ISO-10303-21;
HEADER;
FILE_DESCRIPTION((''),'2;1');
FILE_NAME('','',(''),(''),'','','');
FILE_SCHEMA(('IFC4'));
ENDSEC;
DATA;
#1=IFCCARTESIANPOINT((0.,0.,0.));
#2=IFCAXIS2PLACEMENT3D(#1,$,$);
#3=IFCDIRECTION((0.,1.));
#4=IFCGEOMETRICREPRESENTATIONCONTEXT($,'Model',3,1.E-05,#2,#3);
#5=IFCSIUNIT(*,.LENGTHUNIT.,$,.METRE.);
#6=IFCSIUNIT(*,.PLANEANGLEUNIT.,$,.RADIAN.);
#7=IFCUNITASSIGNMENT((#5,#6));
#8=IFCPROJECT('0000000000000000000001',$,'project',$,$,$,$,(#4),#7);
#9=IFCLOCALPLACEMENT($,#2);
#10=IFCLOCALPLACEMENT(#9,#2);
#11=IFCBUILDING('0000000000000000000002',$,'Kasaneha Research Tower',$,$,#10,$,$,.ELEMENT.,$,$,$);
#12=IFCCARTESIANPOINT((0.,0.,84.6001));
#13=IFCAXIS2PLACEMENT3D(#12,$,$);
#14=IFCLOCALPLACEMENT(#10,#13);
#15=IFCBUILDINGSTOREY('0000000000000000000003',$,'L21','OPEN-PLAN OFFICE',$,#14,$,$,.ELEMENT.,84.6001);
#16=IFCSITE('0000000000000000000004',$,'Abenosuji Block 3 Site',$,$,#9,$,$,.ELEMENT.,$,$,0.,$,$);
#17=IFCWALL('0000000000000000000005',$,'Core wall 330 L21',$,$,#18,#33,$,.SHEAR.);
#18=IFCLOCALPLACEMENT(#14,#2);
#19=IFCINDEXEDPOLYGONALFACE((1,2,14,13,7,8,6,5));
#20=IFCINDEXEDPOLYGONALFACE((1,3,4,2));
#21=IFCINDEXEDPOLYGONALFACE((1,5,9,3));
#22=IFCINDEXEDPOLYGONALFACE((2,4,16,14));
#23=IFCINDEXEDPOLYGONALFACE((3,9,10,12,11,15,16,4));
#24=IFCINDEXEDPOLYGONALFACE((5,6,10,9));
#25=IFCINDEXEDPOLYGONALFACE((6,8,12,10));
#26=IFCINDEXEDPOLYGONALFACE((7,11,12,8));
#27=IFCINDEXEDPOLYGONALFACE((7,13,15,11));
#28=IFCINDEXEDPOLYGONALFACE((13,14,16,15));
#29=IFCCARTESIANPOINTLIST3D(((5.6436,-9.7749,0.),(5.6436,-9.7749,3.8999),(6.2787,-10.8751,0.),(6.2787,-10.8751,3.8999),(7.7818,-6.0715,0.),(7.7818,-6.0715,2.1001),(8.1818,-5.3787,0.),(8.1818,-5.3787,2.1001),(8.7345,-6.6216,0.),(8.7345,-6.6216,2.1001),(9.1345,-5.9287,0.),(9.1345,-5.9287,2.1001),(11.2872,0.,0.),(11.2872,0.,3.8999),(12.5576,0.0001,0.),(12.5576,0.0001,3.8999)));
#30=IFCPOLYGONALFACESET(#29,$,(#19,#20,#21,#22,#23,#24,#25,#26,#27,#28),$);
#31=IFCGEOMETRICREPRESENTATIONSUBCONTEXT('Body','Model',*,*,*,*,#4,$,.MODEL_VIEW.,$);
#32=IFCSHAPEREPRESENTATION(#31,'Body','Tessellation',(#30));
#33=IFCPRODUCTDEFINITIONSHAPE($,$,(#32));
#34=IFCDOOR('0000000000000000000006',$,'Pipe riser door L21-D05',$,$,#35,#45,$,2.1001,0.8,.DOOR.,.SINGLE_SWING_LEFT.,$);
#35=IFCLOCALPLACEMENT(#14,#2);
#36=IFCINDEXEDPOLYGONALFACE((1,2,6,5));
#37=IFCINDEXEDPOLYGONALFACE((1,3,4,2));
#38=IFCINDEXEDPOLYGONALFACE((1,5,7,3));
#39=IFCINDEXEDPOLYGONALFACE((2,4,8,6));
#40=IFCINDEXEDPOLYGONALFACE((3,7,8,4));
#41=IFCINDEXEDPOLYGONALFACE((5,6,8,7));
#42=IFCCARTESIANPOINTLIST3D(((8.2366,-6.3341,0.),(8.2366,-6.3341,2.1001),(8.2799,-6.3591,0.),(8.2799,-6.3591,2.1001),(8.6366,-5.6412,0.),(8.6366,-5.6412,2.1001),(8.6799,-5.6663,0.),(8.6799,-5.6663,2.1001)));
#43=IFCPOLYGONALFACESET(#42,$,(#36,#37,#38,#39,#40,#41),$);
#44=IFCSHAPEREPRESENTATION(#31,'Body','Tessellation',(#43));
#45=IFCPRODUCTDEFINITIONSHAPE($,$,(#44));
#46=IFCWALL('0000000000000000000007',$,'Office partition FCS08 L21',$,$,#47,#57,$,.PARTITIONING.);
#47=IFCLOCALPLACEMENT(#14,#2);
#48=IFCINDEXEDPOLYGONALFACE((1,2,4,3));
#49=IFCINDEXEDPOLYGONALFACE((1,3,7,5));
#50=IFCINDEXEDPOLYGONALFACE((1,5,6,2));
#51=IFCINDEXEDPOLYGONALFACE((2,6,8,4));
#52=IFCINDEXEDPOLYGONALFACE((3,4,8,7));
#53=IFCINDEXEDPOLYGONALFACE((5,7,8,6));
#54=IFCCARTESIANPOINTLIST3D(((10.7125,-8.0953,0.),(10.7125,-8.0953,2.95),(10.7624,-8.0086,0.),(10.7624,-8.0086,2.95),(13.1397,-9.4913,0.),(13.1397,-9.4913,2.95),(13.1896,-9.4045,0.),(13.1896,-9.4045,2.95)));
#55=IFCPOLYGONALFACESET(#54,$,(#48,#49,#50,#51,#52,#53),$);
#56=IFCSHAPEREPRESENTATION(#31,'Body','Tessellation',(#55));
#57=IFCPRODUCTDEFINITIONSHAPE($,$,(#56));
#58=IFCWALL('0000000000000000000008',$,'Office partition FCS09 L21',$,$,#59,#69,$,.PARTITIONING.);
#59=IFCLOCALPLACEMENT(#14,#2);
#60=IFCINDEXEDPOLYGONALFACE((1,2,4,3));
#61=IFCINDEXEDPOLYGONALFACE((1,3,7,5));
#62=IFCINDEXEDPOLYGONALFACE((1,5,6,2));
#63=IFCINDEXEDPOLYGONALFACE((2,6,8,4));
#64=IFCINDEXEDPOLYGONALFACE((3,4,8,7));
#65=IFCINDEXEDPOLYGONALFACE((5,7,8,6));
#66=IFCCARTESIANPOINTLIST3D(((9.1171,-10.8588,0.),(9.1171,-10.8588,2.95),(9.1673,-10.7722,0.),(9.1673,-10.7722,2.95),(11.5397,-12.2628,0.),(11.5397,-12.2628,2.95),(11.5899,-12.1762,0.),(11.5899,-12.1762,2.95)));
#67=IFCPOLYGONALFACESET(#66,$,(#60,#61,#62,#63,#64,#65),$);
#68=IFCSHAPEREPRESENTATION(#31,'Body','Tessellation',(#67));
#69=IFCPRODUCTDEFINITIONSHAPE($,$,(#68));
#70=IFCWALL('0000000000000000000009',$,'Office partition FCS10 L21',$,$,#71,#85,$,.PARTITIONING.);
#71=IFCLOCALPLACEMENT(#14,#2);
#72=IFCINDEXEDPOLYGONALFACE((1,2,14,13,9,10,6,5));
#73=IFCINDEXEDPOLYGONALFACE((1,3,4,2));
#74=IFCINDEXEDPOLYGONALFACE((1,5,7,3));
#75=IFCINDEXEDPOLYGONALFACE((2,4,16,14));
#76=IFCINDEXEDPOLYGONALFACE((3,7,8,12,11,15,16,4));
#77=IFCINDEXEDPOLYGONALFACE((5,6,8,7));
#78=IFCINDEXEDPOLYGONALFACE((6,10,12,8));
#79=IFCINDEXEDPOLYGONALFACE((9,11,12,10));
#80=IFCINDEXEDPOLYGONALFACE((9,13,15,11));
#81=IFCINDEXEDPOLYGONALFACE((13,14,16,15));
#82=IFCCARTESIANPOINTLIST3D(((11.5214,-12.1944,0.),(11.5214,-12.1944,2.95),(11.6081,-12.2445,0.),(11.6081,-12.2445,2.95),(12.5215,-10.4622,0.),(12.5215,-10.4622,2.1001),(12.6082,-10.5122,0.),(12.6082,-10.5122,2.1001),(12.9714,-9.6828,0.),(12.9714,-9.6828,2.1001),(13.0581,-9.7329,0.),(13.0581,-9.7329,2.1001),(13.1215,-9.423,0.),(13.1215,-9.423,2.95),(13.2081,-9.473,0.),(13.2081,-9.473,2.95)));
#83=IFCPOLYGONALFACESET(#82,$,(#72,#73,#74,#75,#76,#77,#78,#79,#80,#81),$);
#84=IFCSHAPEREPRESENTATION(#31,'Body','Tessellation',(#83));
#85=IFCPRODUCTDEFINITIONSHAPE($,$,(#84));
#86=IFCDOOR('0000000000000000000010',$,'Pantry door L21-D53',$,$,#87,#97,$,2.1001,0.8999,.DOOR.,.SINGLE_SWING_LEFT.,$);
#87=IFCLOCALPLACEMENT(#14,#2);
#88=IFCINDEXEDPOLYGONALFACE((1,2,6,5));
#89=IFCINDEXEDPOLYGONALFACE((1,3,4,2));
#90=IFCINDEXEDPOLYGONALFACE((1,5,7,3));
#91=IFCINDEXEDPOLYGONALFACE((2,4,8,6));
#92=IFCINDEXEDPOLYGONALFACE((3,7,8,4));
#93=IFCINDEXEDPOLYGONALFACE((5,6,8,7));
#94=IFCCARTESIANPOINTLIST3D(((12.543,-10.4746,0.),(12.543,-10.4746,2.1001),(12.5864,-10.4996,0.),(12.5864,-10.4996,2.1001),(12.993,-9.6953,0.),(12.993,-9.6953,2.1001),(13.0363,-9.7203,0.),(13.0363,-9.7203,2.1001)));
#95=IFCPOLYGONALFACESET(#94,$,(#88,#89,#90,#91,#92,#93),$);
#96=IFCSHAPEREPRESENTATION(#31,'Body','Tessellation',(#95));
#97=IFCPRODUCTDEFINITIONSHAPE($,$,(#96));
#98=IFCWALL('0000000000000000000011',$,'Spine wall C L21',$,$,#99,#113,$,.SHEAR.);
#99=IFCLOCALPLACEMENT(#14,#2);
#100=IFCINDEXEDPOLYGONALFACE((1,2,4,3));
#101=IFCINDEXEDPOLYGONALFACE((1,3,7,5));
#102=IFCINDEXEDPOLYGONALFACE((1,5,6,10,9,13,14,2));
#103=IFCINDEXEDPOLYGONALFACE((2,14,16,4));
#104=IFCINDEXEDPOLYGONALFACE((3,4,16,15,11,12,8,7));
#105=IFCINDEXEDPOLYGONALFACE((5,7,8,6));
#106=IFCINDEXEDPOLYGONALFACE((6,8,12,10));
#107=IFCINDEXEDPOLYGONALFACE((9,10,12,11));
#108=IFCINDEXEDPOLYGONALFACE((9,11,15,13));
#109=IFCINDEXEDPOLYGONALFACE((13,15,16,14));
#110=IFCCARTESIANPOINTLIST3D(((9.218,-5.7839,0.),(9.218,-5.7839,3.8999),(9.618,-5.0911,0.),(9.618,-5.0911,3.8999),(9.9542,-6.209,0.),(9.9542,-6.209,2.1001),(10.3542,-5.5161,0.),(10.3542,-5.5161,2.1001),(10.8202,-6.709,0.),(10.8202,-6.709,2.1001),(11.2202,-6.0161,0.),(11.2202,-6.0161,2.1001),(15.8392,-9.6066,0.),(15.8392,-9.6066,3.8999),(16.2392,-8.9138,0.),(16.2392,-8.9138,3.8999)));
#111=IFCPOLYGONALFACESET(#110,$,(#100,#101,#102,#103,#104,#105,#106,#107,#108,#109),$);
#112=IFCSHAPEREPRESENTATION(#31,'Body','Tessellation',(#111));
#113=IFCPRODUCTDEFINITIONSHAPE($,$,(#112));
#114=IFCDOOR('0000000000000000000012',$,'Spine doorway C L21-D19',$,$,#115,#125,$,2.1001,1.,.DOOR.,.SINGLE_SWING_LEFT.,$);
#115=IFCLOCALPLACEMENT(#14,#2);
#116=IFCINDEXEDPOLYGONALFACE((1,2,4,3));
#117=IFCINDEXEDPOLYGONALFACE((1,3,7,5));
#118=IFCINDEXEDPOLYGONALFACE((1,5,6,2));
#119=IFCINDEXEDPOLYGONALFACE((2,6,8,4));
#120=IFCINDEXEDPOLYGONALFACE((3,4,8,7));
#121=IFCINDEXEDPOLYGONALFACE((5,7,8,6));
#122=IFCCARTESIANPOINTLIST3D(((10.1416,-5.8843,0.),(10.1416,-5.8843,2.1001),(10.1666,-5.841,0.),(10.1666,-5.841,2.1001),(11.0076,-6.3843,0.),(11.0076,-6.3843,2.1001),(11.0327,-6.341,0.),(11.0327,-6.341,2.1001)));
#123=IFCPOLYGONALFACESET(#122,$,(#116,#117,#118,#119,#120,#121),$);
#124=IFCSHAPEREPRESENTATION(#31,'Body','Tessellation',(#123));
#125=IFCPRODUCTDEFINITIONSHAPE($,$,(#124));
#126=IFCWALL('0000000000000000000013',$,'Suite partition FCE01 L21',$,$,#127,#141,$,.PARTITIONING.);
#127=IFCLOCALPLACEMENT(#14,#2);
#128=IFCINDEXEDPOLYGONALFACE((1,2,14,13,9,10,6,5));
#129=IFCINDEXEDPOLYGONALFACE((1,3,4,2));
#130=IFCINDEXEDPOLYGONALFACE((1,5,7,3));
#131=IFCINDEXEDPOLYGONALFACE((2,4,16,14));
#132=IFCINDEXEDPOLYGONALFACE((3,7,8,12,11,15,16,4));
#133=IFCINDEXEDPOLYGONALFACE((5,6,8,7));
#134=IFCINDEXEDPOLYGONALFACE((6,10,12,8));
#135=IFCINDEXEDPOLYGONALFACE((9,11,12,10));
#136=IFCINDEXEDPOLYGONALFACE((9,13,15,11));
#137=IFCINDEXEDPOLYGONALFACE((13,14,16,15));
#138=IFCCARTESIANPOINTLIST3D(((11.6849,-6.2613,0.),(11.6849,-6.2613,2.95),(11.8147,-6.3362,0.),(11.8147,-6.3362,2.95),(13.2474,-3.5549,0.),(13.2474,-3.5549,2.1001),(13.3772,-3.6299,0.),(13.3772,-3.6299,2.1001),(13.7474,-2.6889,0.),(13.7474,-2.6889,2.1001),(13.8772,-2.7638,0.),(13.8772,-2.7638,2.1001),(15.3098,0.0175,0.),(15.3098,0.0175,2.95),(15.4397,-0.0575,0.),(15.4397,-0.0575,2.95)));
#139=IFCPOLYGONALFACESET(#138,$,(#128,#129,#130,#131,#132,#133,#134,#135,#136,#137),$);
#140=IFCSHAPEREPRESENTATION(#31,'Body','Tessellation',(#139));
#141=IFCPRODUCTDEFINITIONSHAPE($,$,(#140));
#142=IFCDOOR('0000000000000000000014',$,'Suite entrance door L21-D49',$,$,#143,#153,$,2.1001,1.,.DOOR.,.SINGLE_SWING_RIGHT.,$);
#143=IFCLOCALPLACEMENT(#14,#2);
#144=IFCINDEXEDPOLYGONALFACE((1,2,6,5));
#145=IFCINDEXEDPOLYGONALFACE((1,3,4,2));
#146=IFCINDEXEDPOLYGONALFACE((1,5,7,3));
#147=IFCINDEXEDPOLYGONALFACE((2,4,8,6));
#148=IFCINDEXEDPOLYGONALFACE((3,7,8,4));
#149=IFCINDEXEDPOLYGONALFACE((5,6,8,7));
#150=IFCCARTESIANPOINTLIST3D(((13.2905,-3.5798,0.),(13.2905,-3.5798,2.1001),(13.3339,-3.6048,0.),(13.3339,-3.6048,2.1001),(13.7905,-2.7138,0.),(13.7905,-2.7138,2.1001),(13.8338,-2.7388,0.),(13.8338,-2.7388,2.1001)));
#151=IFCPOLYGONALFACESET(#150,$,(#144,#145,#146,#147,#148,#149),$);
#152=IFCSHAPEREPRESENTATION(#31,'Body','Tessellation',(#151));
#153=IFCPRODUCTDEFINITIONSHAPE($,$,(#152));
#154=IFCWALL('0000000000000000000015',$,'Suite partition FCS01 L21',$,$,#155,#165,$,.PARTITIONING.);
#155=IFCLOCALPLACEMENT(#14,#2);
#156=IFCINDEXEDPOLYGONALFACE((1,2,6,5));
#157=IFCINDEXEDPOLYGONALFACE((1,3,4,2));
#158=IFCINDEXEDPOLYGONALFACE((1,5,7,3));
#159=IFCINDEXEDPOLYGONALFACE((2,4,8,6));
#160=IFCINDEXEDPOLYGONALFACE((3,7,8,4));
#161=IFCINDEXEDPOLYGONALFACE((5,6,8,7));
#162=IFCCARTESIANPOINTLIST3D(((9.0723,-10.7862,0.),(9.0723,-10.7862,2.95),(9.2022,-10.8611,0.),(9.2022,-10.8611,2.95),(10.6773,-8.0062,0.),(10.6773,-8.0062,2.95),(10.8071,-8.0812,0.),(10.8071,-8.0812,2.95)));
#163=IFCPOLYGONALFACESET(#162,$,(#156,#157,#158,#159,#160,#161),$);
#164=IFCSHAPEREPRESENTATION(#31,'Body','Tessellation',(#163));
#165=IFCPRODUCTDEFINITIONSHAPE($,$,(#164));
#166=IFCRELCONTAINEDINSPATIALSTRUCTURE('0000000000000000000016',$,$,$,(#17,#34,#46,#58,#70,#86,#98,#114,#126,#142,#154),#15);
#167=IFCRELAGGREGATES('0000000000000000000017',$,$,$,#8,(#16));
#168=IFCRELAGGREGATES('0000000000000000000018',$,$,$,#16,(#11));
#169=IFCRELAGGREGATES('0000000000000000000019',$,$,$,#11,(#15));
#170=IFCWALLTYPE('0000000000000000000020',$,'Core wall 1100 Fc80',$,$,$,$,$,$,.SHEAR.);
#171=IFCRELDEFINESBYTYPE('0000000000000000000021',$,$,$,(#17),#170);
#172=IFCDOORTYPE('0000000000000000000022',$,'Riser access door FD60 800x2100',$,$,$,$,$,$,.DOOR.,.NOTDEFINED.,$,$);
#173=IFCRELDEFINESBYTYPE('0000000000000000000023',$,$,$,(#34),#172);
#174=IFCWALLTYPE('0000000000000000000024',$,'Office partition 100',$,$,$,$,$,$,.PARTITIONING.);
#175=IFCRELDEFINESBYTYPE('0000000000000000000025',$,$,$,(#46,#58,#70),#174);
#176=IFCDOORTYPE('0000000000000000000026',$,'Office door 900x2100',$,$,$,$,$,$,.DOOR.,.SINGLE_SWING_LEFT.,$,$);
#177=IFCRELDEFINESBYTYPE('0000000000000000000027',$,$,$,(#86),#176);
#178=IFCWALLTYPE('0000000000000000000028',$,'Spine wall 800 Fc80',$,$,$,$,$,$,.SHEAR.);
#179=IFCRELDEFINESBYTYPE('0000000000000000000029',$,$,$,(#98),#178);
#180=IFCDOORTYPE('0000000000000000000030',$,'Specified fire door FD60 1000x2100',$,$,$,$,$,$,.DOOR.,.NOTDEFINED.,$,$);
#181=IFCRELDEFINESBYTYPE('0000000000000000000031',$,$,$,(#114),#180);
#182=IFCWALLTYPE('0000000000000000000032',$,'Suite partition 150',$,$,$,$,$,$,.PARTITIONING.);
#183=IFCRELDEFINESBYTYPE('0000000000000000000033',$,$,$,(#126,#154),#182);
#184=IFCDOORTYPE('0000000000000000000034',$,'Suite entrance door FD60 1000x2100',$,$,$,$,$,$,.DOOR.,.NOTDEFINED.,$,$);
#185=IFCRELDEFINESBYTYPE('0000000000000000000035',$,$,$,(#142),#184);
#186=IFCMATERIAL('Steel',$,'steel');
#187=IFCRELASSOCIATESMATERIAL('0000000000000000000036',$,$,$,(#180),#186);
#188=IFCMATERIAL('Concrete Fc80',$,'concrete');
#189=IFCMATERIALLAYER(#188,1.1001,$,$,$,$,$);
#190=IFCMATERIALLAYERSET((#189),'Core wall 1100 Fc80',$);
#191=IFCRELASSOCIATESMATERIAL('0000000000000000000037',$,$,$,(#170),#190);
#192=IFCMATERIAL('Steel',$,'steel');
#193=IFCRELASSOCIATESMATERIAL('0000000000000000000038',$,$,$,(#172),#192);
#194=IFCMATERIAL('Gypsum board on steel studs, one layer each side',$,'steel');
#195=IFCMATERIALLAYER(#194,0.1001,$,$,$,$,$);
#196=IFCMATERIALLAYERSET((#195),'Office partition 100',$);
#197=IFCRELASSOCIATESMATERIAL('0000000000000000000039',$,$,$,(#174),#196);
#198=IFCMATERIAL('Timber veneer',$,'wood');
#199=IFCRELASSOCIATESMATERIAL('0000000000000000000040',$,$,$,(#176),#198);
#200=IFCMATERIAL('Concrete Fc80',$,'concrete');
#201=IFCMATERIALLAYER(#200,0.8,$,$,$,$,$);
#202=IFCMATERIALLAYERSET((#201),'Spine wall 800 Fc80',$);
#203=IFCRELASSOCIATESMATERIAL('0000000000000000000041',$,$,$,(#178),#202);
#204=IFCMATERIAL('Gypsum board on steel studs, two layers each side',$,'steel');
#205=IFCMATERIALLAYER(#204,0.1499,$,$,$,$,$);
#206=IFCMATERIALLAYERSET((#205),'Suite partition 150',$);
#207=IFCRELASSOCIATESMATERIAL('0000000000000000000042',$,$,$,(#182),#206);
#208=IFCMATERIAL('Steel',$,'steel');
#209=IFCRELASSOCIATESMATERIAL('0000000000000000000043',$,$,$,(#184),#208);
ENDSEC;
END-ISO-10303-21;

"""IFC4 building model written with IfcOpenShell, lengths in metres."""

from ifc_helpers import new_model, si_unit, direction, frame, frame_2d, origin, place, context, subcontext, project, spatial, polyline, rectangle, outline, extrude, material, layer, layer_set, type_object, element, fill, save


model = new_model("IFC4")

# Units and contexts
model_context = context("Model", 3, precision=1e-05, world=origin(), true_north=direction((0.0, 1.0)))
body_context = subcontext(model_context, "Body", "Model", "MODEL_VIEW")
ifc_project = project(units=[si_unit("LENGTHUNIT", "METRE"), si_unit("PLANEANGLEUNIT", "RADIAN")], contexts=[model_context])

# Site, building, storey
site_placement = place(None, origin())
site = spatial("IfcSite", under=ifc_project, at=site_placement, Name="Abenosuji Block 3 Site", CompositionType="ELEMENT", RefElevation=0.0)
building_placement = place(site_placement, origin())
building = spatial("IfcBuilding", under=site, at=building_placement, Name="Kasaneha Research Tower", CompositionType="ELEMENT")
storey_placement = place(building_placement, frame((0.0, 0.0, 84.6001)))
storey = spatial("IfcBuildingStorey", under=building, at=storey_placement, Name="L21", Description="OPEN-PLAN OFFICE", CompositionType="ELEMENT", Elevation=84.6001)

# Shared definitions
ifc_material_1 = material(Name="Steel", Category="steel")
door_type_1 = type_object("IfcDoorType", Name="Specified fire door FD60 1000x2100", OperationType="NOTDEFINED", PredefinedType="DOOR", material=ifc_material_1)

# Wall, opening, door
ifc_material_2 = material(Name="Concrete Fc80", Category="concrete")
ifc_layer_1 = layer(ifc_material_2, 1.1001)
ifc_layer_set_1 = layer_set([ifc_layer_1], Name="Core wall 1100 Fc80")
wall_type_1 = type_object("IfcWallType", Name="Core wall 1100 Fc80", PredefinedType="SHEAR", material=ifc_layer_set_1)
wall_1_placement = place(storey_placement, frame((5.9612, -10.325, 0.0), z_axis=(0.0, 0.0, 1.0), x_axis=(0.500004, 0.866023, 0.0)))
wall_1 = element("IfcWall", 1, at=wall_1_placement, inside=storey, type_object=wall_type_1, Name="Core wall 330 L21", PredefinedType="SHEAR", context=body_context, shape_type="SweptSolid", body=[
    extrude(outline(polyline([(-0.3176, -0.55), (4.594, -0.55), (5.394, -0.55), (12.24, -0.55), (11.6047, 0.55), (5.394, 0.55), (4.594, 0.55), (0.3176, 0.55), (-0.3176, -0.55)])), origin(), (0.0, 0.0, 1.0), 3.8999),
])
opening_1_placement = place(wall_1_placement, frame((4.594, 0.0, 0.0)))
opening_1 = element("IfcOpeningElement", 2, at=opening_1_placement, cuts=wall_1, PredefinedType="OPENING", context=body_context, shape_type="SweptSolid", body=[
    extrude(rectangle(XDim=0.8, YDim=2.1001, at=frame_2d((0.3999, 1.05))), frame((0.0, 0.5601, 0.0), z_axis=(0.0, -1.0, 0.0), x_axis=(1.0, 0.0, 0.0)), (0.0, 0.0, 1.0), 1.1201),
])
ifc_material_3 = material(Name="Steel", Category="steel")
door_type_2 = type_object("IfcDoorType", Name="Riser access door FD60 800x2100", OperationType="NOTDEFINED", PredefinedType="DOOR", material=ifc_material_3)
door_1_placement = place(opening_1_placement, origin())
door_1 = element("IfcDoor", 3, at=door_1_placement, inside=storey, type_object=door_type_2, Name="Pipe riser door L21-D05", OperationType="SINGLE_SWING_LEFT", OverallHeight=2.1001, OverallWidth=0.8, PredefinedType="DOOR", context=body_context, shape_type="SweptSolid", body=[
    extrude(rectangle(XDim=0.8, YDim=2.1001, at=frame_2d((0.3999, 1.05))), frame((0.0, 0.0249, 0.0), z_axis=(0.0, -1.0, 0.0), x_axis=(1.0, 0.0, 0.0)), (0.0, 0.0, 1.0), 0.05),
])
fill(opening_1, door_1)

# Walls
ifc_material_4 = material(Name="Gypsum board on steel studs, one layer each side", Category="steel")
ifc_layer_2 = layer(ifc_material_4, 0.1001)
ifc_layer_set_2 = layer_set([ifc_layer_2], Name="Office partition 100")
wall_type_2 = type_object("IfcWallType", Name="Office partition 100", PredefinedType="PARTITIONING", material=ifc_layer_set_2)
for number, where, z_axis, x_axis, name in (
    (4, (10.7375, -8.052, 0.0), (0.0, 0.0, 1.0), (0.866855, -0.49856, 0.0), "Office partition FCS08 L21"),
    (5, (11.5647, -12.2195, 0.0), (0.0, 0.0, 1.0), (-0.865195, 0.501435, 0.0), "Office partition FCS09 L21"),
):
    element("IfcWall", number, at=place(storey_placement, frame(where, z_axis=z_axis, x_axis=x_axis)), inside=storey, type_object=wall_type_2, Name=name, PredefinedType="PARTITIONING", context=body_context, shape_type="SweptSolid", body=[
        extrude(rectangle(XDim=2.8, YDim=0.1001, at=frame_2d((1.3999, 0.0))), origin(), (0.0, 0.0, 1.0), 2.95),
    ])

# Walls, openings, doors
wall_2_placement = place(storey_placement, frame((13.1648, -9.448, 0.0), z_axis=(0.0, 0.0, 1.0), x_axis=(-0.499995, -0.866028, 0.0)))
wall_2 = element("IfcWall", 6, at=wall_2_placement, inside=storey, type_object=wall_type_2, Name="Office partition FCS10 L21", PredefinedType="PARTITIONING", context=body_context, shape_type="SweptSolid", body=[
    extrude(rectangle(XDim=3.2002, YDim=0.1001, at=frame_2d((1.6001, 0.0))), origin(), (0.0, 0.0, 1.0), 2.95),
])
opening_2_placement = place(wall_2_placement, frame((0.3, 0.0, 0.0)))
opening_2 = element("IfcOpeningElement", 7, at=opening_2_placement, cuts=wall_2, PredefinedType="OPENING", context=body_context, shape_type="SweptSolid", body=[
    extrude(rectangle(XDim=0.8999, YDim=2.1001, at=frame_2d((0.45, 1.05))), frame((0.0, 0.0601, 0.0), z_axis=(0.0, -1.0, 0.0), x_axis=(1.0, 0.0, 0.0)), (0.0, 0.0, 1.0), 0.1201),
])
ifc_material_5 = material(Name="Timber veneer", Category="wood")
door_type_3 = type_object("IfcDoorType", Name="Office door 900x2100", OperationType="SINGLE_SWING_LEFT", PredefinedType="DOOR", material=ifc_material_5)
door_2_placement = place(opening_2_placement, origin())
door_2 = element("IfcDoor", 8, at=door_2_placement, inside=storey, type_object=door_type_3, Name="Pantry door L21-D53", OperationType="SINGLE_SWING_LEFT", OverallHeight=2.1001, OverallWidth=0.8999, PredefinedType="DOOR", context=body_context, shape_type="SweptSolid", body=[
    extrude(rectangle(XDim=0.8999, YDim=2.1001, at=frame_2d((0.45, 1.05))), frame((0.0, 0.0249, 0.0), z_axis=(0.0, -1.0, 0.0), x_axis=(1.0, 0.0, 0.0)), (0.0, 0.0, 1.0), 0.05),
])
fill(opening_2, door_2)
ifc_material_6 = material(Name="Concrete Fc80", Category="concrete")
ifc_layer_3 = layer(ifc_material_6, 0.8)
ifc_layer_set_3 = layer_set([ifc_layer_3], Name="Spine wall 800 Fc80")
wall_type_3 = type_object("IfcWallType", Name="Spine wall 800 Fc80", PredefinedType="SHEAR", material=ifc_layer_set_3)
wall_3_placement = place(storey_placement, frame((9.418, -5.4375, 0.0), z_axis=(0.0, 0.0, 1.0), x_axis=(0.86603, -0.499992, 0.0)))
wall_3 = element("IfcWall", 9, at=wall_3_placement, inside=storey, type_object=wall_type_3, Name="Spine wall C L21", PredefinedType="SHEAR", context=body_context, shape_type="SweptSolid", body=[
    extrude(rectangle(XDim=7.6455, YDim=0.8, at=frame_2d((3.8228, 0.0))), origin(), (0.0, 0.0, 1.0), 3.8999),
])
opening_3_placement = place(wall_3_placement, frame((0.8501, 0.0, 0.0)))
opening_3 = element("IfcOpeningElement", 10, at=opening_3_placement, cuts=wall_3, PredefinedType="OPENING", context=body_context, shape_type="SweptSolid", body=[
    extrude(rectangle(XDim=1.0, YDim=2.1001, at=frame_2d((0.5, 1.05))), frame((0.0, 0.4102, 0.0), z_axis=(0.0, -1.0, 0.0), x_axis=(1.0, 0.0, 0.0)), (0.0, 0.0, 1.0), 0.8201),
])
door_3_placement = place(opening_3_placement, origin())
door_3 = element("IfcDoor", 11, at=door_3_placement, inside=storey, type_object=door_type_1, Name="Spine doorway C L21-D19", OperationType="SINGLE_SWING_LEFT", OverallHeight=2.1001, OverallWidth=1.0, PredefinedType="DOOR", context=body_context, shape_type="SweptSolid", body=[
    extrude(rectangle(XDim=1.0, YDim=2.1001, at=frame_2d((0.5, 1.05))), frame((0.0, 0.0249, 0.0), z_axis=(0.0, -1.0, 0.0), x_axis=(1.0, 0.0, 0.0)), (0.0, 0.0, 1.0), 0.05),
])
fill(opening_3, door_3)
ifc_material_7 = material(Name="Gypsum board on steel studs, two layers each side", Category="steel")
ifc_layer_4 = layer(ifc_material_7, 0.1499)
ifc_layer_set_4 = layer_set([ifc_layer_4], Name="Suite partition 150")
wall_type_4 = type_object("IfcWallType", Name="Suite partition 150", PredefinedType="PARTITIONING", material=ifc_layer_set_4)
wall_4_placement = place(storey_placement, frame((15.3748, -0.02, 0.0), z_axis=(0.0, 0.0, 1.0), x_axis=(-0.499993, -0.86603, 0.0)))
wall_4 = element("IfcWall", 12, at=wall_4_placement, inside=storey, type_object=wall_type_4, Name="Suite partition FCE01 L21", PredefinedType="PARTITIONING", context=body_context, shape_type="SweptSolid", body=[
    extrude(rectangle(XDim=7.25, YDim=0.1499, at=frame_2d((3.625, 0.0))), origin(), (0.0, 0.0, 1.0), 2.95),
])
opening_4_placement = place(wall_4_placement, frame((3.125, 0.0, 0.0)))
opening_4 = element("IfcOpeningElement", 13, at=opening_4_placement, cuts=wall_4, PredefinedType="OPENING", context=body_context, shape_type="SweptSolid", body=[
    extrude(rectangle(XDim=1.0, YDim=2.1001, at=frame_2d((0.5, 1.05))), frame((0.0, 0.085, 0.0), z_axis=(0.0, -1.0, 0.0), x_axis=(1.0, 0.0, 0.0)), (0.0, 0.0, 1.0), 0.1699),
])
ifc_material_8 = material(Name="Steel", Category="steel")
door_type_4 = type_object("IfcDoorType", Name="Suite entrance door FD60 1000x2100", OperationType="NOTDEFINED", PredefinedType="DOOR", material=ifc_material_8)
door_4_placement = place(opening_4_placement, origin())
door_4 = element("IfcDoor", 14, at=door_4_placement, inside=storey, type_object=door_type_4, Name="Suite entrance door L21-D49", OperationType="SINGLE_SWING_RIGHT", OverallHeight=2.1001, OverallWidth=1.0, PredefinedType="DOOR", context=body_context, shape_type="SweptSolid", body=[
    extrude(rectangle(XDim=1.0, YDim=2.1001, at=frame_2d((0.5, 1.05))), frame((0.0, 0.0249, 0.0), z_axis=(0.0, -1.0, 0.0), x_axis=(1.0, 0.0, 0.0)), (0.0, 0.0, 1.0), 0.05),
])
fill(opening_4, door_4)

# Wall
wall_5_placement = place(storey_placement, frame((10.7422, -8.0437, 0.0), z_axis=(0.0, 0.0, 1.0), x_axis=(-0.499984, -0.866035, 0.0)))
element("IfcWall", 15, at=wall_5_placement, inside=storey, type_object=wall_type_4, Name="Suite partition FCS01 L21", PredefinedType="PARTITIONING", context=body_context, shape_type="SweptSolid", body=[
    extrude(rectangle(XDim=3.21, YDim=0.1499, at=frame_2d((1.605, 0.0))), origin(), (0.0, 0.0, 1.0), 2.95),
])

save(model, "model.ifc")
